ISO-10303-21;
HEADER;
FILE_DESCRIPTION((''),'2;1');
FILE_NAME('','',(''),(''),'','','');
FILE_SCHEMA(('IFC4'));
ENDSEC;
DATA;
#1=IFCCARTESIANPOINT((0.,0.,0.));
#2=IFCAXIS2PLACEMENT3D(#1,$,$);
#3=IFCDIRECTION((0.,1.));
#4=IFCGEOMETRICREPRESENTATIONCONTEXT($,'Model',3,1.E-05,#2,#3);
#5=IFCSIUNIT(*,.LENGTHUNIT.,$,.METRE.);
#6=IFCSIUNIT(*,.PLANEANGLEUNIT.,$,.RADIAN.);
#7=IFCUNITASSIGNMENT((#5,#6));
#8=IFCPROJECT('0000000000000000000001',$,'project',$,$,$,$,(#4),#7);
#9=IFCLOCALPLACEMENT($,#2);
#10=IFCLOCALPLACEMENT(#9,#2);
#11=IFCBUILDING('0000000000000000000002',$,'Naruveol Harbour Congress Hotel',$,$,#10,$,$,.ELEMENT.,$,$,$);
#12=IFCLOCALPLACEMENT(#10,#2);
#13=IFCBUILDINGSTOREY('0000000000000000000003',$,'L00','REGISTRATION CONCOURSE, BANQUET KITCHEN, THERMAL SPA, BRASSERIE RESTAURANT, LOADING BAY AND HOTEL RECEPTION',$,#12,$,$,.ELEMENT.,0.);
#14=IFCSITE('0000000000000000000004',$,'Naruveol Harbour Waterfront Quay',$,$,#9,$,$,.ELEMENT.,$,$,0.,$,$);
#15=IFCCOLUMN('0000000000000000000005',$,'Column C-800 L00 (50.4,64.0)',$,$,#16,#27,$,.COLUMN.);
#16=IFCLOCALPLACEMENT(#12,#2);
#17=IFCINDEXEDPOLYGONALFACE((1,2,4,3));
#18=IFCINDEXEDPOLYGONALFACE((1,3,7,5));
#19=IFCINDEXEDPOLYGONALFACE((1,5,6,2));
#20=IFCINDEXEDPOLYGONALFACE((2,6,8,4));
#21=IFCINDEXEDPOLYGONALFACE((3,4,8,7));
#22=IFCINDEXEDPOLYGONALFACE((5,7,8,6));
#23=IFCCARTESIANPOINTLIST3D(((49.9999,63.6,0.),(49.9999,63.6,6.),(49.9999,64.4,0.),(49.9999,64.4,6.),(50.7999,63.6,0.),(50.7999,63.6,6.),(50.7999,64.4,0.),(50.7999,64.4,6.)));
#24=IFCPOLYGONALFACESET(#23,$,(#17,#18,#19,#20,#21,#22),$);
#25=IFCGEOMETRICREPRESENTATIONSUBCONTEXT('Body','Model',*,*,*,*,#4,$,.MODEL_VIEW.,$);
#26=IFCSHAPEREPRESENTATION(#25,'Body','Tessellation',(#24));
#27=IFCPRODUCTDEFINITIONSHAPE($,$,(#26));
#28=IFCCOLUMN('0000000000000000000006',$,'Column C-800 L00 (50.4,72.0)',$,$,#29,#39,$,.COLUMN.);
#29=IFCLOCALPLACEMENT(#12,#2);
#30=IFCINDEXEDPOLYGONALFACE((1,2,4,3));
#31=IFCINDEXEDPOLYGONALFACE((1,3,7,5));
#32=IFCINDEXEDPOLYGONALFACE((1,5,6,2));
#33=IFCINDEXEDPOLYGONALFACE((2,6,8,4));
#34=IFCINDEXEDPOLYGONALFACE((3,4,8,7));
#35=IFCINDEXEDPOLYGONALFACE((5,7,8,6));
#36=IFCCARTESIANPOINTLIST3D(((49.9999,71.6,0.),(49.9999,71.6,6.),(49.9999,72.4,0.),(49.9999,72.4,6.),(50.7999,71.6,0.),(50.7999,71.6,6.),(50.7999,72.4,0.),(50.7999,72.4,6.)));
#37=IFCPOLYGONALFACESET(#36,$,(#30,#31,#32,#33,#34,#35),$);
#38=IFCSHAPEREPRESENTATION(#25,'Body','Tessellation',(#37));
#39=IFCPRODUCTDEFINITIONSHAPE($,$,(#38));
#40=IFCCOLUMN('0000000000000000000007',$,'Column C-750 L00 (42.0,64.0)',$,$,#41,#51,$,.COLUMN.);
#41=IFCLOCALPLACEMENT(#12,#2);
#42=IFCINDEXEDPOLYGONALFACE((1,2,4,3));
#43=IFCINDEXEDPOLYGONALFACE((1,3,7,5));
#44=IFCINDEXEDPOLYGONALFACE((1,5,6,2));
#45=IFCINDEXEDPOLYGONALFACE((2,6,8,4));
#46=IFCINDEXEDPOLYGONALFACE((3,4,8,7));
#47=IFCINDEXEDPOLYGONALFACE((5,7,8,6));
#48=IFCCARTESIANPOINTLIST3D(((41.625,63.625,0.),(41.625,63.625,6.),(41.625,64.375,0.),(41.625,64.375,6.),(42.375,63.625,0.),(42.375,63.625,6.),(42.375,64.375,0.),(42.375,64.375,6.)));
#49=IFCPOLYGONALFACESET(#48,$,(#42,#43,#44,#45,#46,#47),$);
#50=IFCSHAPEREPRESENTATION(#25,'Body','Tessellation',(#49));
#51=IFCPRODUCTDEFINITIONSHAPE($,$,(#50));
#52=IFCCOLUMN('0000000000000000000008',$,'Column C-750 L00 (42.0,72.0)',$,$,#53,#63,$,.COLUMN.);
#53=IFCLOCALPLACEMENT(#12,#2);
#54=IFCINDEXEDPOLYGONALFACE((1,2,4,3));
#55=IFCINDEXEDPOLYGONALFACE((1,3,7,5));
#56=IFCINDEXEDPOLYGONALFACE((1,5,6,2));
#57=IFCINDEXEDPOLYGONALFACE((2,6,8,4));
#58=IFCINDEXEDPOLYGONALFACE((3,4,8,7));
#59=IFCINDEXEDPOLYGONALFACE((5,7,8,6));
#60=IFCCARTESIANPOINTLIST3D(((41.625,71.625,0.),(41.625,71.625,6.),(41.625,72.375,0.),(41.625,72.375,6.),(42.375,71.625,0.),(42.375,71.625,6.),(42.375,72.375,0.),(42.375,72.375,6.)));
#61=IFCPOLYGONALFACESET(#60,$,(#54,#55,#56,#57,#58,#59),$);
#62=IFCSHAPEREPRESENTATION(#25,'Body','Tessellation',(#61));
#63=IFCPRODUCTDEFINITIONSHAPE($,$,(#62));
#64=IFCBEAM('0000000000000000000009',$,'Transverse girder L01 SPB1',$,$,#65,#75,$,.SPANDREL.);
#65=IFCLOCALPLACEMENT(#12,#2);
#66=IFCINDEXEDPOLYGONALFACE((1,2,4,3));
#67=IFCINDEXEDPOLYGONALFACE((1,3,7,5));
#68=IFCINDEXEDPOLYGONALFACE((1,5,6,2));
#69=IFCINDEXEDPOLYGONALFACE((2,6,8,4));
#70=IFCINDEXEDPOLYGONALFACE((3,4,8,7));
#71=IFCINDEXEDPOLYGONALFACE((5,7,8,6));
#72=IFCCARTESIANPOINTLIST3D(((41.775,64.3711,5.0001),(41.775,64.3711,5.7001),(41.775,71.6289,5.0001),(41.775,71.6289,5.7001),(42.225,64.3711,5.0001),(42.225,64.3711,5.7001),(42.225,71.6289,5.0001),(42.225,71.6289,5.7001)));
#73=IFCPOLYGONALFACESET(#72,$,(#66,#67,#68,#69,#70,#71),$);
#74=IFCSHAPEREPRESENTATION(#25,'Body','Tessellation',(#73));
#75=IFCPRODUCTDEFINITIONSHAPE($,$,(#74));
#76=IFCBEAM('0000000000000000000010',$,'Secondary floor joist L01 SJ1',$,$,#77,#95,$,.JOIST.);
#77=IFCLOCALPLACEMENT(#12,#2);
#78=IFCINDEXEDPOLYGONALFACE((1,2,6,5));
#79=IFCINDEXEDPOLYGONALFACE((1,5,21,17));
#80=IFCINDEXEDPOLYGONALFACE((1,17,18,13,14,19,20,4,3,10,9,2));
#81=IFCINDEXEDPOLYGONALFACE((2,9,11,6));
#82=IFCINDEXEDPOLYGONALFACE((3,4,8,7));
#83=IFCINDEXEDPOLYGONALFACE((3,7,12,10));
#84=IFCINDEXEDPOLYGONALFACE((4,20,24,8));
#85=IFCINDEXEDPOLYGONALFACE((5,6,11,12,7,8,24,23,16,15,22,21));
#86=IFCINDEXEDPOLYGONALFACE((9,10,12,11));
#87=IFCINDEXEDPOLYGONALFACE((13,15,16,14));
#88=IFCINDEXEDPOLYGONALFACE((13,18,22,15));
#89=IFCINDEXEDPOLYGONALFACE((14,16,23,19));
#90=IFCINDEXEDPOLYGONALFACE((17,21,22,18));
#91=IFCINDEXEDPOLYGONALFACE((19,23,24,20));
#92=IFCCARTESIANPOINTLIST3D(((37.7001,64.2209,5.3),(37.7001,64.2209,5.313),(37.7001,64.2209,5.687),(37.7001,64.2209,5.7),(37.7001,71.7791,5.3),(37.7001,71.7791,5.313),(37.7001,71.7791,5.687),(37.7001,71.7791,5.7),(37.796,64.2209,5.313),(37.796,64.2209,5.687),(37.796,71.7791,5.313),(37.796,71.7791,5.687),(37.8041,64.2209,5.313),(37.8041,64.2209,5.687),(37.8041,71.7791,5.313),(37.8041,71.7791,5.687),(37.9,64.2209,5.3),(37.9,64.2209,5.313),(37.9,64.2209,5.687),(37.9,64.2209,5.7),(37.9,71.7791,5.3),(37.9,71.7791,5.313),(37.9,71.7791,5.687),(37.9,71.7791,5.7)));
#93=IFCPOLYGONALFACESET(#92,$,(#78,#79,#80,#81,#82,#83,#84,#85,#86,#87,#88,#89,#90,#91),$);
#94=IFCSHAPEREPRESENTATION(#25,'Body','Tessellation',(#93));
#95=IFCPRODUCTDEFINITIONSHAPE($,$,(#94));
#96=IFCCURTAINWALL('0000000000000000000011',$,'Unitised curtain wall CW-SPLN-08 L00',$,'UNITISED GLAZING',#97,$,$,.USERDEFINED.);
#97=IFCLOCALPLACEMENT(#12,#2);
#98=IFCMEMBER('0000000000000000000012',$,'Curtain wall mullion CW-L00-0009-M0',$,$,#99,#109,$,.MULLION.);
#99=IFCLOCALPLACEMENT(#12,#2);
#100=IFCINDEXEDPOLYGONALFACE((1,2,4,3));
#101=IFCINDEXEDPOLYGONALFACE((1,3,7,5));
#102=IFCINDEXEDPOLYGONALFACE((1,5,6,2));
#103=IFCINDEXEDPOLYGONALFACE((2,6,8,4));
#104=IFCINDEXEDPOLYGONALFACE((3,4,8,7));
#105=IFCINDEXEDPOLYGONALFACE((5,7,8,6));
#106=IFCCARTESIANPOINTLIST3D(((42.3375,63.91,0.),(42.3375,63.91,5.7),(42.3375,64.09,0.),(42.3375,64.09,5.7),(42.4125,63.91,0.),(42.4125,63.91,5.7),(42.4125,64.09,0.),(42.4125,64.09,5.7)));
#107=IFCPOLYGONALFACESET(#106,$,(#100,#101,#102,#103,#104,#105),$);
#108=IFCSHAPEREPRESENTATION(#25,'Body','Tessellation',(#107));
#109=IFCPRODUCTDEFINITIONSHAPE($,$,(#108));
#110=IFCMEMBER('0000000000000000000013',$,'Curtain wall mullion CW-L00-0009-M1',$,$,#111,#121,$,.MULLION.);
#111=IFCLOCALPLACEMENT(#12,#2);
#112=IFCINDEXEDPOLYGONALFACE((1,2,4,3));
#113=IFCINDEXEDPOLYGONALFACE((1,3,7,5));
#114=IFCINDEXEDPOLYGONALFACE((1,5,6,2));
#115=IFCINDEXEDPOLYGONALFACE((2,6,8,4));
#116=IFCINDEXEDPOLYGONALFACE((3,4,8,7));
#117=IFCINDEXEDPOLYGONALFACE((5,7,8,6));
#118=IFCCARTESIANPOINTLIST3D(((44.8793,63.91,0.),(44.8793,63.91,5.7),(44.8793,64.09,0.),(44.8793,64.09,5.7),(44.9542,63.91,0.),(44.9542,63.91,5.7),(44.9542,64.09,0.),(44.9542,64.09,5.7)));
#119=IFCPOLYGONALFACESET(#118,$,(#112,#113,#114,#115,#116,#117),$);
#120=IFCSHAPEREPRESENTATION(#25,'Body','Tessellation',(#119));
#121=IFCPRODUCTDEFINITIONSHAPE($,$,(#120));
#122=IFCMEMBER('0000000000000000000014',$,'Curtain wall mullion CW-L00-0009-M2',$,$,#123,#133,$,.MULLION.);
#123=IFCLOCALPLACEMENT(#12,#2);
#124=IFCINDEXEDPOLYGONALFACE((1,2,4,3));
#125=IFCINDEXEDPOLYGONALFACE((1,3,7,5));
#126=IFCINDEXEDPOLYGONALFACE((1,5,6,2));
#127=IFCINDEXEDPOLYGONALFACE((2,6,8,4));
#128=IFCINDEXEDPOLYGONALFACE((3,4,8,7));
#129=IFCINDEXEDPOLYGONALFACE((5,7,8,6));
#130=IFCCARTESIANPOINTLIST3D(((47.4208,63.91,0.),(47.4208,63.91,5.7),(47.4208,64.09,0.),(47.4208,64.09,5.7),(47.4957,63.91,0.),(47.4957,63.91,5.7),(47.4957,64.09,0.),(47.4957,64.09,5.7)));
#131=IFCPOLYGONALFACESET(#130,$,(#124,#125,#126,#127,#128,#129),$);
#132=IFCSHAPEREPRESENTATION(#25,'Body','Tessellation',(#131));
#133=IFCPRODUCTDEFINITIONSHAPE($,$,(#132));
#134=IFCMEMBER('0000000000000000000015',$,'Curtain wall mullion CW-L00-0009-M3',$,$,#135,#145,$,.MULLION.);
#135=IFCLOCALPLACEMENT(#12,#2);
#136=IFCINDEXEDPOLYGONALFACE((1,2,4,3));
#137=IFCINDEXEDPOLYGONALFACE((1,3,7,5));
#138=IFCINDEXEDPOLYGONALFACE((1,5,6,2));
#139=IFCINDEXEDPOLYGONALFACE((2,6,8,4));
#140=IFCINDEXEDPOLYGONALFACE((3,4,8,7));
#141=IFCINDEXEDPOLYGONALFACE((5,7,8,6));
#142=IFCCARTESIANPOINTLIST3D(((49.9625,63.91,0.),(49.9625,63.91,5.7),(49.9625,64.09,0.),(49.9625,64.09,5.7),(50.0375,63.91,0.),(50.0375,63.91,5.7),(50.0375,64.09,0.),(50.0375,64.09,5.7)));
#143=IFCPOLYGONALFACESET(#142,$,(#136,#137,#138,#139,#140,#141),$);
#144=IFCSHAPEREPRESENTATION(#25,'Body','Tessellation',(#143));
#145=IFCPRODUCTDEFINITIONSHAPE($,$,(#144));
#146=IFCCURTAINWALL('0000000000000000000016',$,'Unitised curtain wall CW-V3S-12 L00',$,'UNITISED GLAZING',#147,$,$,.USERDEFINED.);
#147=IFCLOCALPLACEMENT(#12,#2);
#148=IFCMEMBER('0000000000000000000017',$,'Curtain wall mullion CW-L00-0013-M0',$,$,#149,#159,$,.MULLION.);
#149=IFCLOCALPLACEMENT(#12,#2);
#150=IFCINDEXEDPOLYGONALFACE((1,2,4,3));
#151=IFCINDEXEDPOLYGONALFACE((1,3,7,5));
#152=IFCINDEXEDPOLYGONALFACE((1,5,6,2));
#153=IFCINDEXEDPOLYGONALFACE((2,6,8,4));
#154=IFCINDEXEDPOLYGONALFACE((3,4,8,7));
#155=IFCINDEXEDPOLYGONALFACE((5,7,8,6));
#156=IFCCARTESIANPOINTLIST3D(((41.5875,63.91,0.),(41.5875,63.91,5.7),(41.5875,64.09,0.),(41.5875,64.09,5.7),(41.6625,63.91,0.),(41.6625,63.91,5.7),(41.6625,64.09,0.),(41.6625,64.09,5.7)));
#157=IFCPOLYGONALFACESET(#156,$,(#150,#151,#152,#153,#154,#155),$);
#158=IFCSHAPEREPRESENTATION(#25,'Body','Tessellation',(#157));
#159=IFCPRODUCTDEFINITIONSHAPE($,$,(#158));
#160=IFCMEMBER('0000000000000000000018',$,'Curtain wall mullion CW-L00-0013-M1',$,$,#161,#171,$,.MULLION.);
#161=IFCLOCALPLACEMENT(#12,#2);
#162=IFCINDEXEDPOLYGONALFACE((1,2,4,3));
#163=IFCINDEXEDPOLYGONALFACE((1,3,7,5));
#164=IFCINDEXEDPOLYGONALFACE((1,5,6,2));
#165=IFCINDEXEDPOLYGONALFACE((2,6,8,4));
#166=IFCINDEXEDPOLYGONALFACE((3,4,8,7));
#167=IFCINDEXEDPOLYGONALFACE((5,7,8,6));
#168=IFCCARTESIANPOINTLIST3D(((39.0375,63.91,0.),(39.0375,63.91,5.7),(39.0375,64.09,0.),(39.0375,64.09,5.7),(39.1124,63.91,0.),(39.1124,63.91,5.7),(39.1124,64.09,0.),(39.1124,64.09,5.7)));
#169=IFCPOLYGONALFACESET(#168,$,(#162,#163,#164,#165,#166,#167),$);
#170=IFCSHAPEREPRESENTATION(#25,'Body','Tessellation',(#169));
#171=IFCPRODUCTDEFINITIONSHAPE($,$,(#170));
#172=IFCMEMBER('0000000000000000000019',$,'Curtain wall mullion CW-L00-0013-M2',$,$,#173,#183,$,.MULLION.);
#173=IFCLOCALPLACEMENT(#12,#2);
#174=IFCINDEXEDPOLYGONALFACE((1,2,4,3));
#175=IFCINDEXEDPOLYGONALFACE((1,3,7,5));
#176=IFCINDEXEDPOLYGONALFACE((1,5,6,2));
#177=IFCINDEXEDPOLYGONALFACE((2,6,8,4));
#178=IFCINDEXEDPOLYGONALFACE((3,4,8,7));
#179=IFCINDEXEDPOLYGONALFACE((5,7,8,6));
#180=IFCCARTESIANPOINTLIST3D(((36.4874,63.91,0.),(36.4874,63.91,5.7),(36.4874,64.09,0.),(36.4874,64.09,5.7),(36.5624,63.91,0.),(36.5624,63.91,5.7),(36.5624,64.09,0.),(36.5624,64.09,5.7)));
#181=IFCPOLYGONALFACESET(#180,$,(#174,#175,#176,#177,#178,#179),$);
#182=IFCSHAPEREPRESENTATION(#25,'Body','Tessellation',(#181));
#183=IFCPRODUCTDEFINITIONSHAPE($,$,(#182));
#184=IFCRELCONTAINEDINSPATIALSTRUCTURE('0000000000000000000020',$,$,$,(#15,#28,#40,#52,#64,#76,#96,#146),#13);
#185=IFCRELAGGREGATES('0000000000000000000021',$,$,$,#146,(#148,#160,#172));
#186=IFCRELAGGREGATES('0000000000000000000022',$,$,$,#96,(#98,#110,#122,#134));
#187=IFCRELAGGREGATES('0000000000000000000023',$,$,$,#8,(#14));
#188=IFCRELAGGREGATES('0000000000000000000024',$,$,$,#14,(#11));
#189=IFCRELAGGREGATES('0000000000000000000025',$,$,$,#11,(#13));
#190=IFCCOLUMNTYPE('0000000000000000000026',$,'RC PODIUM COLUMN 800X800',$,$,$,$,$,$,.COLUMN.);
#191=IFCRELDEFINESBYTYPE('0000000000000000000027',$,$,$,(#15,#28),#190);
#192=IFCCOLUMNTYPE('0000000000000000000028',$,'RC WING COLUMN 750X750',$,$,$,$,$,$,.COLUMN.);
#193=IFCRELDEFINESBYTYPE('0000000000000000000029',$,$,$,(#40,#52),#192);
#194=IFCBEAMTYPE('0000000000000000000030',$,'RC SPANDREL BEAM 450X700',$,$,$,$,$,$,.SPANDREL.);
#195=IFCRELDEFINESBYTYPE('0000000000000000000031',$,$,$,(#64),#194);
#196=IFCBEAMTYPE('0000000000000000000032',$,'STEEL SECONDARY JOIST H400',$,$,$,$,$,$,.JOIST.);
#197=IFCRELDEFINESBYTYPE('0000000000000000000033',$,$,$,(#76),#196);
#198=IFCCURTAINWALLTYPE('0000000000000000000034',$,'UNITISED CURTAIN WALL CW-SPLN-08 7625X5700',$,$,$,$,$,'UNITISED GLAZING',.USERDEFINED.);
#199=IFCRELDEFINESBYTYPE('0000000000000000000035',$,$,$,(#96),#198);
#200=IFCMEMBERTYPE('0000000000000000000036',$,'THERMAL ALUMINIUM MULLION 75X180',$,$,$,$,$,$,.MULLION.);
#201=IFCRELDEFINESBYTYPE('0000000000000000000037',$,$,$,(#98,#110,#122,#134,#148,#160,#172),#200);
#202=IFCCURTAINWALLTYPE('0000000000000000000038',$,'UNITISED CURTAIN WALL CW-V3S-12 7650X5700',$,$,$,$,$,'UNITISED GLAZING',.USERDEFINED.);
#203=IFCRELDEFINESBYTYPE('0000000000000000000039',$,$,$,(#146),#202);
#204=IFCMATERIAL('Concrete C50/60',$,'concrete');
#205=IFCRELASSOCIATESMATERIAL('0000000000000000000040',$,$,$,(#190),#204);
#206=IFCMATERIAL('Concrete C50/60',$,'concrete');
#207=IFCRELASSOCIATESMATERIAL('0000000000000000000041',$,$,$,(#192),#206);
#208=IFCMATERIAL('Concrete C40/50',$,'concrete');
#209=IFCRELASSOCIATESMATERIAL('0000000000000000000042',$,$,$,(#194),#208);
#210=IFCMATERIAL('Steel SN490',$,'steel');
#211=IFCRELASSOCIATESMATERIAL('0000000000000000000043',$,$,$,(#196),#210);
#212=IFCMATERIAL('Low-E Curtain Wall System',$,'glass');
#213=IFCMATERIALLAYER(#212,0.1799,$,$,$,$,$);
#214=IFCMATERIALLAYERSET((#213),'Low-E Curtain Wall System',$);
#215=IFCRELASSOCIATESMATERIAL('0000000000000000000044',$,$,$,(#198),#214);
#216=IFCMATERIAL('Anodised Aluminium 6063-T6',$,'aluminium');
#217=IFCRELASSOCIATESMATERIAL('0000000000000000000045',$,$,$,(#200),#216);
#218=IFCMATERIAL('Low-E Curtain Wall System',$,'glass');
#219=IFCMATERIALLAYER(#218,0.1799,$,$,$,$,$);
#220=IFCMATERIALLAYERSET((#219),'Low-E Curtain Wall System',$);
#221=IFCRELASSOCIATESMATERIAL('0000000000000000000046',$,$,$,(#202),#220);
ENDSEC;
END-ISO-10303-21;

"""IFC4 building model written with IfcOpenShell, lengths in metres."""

from ifc_helpers import new_model, si_unit, direction, frame, origin, origin_2d, place, context, subcontext, project, spatial, rectangle, i_section, extrude, material, layer, layer_set, material_profile, profile_set, type_object, element, aggregate, save


model = new_model("IFC4")

# Units and contexts
model_context = context("Model", 3, precision=1e-05, world=origin(), true_north=direction((0.0, 1.0)))
body_context = subcontext(model_context, "Body", "Model", "MODEL_VIEW")
ifc_project = project(units=[si_unit("LENGTHUNIT", "METRE"), si_unit("PLANEANGLEUNIT", "RADIAN")], contexts=[model_context])

# Site, building, storey
site_placement = place(None, origin())
site = spatial("IfcSite", under=ifc_project, at=site_placement, Name="Naruveol Harbour Waterfront Quay", CompositionType="ELEMENT", RefElevation=0.0)
building_placement = place(site_placement, origin())
building = spatial("IfcBuilding", under=site, at=building_placement, Name="Naruveol Harbour Congress Hotel", CompositionType="ELEMENT")
storey_placement = place(building_placement, origin())
storey = spatial("IfcBuildingStorey", under=building, at=storey_placement, Name="L00", Description="REGISTRATION CONCOURSE, BANQUET KITCHEN, THERMAL SPA, BRASSERIE RESTAURANT, LOADING BAY AND HOTEL RECEPTION", CompositionType="ELEMENT", Elevation=0.0)

# Columns
ifc_material_1 = material(Name="Concrete C50/60", Category="concrete")
ifc_material_profile_1 = material_profile(ifc_material_1, rectangle(XDim=0.8, YDim=0.8, at=origin_2d()), Name="RC-800x800")
ifc_profile_set_1 = profile_set([ifc_material_profile_1], Name="Concrete C50/60")
column_type_1 = type_object("IfcColumnType", Name="RC PODIUM COLUMN 800X800", PredefinedType="COLUMN", material=ifc_profile_set_1)
for number, where, z_axis, x_axis, name in (
    (1, (50.3999, 64.0, 0.0), (0.0, 0.0, 1.0), (1.0, 0.0, 0.0), "Column C-800 L00 (50.4,64.0)"),
    (2, (50.3999, 72.0, 0.0), (0.0, 0.0, 1.0), (1.0, 0.0, 0.0), "Column C-800 L00 (50.4,72.0)"),
):
    element("IfcColumn", number, at=place(storey_placement, frame(where, z_axis=z_axis, x_axis=x_axis)), inside=storey, type_object=column_type_1, Name=name, PredefinedType="COLUMN", context=body_context, shape_type="SweptSolid", body=[
        extrude(rectangle(XDim=0.8, YDim=0.8, at=origin_2d()), origin(), (0.0, 0.0, 1.0), 6.0),
    ])
ifc_material_2 = material(Name="Concrete C50/60", Category="concrete")
ifc_material_profile_2 = material_profile(ifc_material_2, rectangle(XDim=0.75, YDim=0.75, at=origin_2d()), Name="RC-750x750")
ifc_profile_set_2 = profile_set([ifc_material_profile_2], Name="Concrete C50/60")
column_type_2 = type_object("IfcColumnType", Name="RC WING COLUMN 750X750", PredefinedType="COLUMN", material=ifc_profile_set_2)
for number, where, z_axis, x_axis, name in (
    (3, (42.0, 64.0, 0.0), (0.0, 0.0, 1.0), (1.0, 0.0, 0.0), "Column C-750 L00 (42.0,64.0)"),
    (4, (42.0, 72.0, 0.0), (0.0, 0.0, 1.0), (1.0, 0.0, 0.0), "Column C-750 L00 (42.0,72.0)"),
):
    element("IfcColumn", number, at=place(storey_placement, frame(where, z_axis=z_axis, x_axis=x_axis)), inside=storey, type_object=column_type_2, Name=name, PredefinedType="COLUMN", context=body_context, shape_type="SweptSolid", body=[
        extrude(rectangle(XDim=0.75, YDim=0.75, at=origin_2d()), origin(), (0.0, 0.0, 1.0), 6.0),
    ])

# Beams
ifc_material_3 = material(Name="Concrete C40/50", Category="concrete")
ifc_material_profile_3 = material_profile(ifc_material_3, rectangle(XDim=0.45, YDim=0.7, at=origin_2d()), Name="RCB-450x700")
ifc_profile_set_3 = profile_set([ifc_material_profile_3], Name="Concrete C40/50")
beam_type_1 = type_object("IfcBeamType", Name="RC SPANDREL BEAM 450X700", PredefinedType="SPANDREL", material=ifc_profile_set_3)
beam_1_placement = place(storey_placement, frame((42.0, 64.3711, 5.3501), z_axis=(0.0, 1.0, 0.0), x_axis=(-1.0, 0.0, 0.0)))
element("IfcBeam", 5, at=beam_1_placement, inside=storey, type_object=beam_type_1, Name="Transverse girder L01 SPB1", PredefinedType="SPANDREL", context=body_context, shape_type="SweptSolid", body=[
    extrude(rectangle(XDim=0.45, YDim=0.7, at=origin_2d()), origin(), (0.0, 0.0, 1.0), 7.2578),
])
ifc_material_4 = material(Name="Steel SN490", Category="steel")
ifc_material_profile_4 = material_profile(ifc_material_4, i_section(OverallWidth=0.2, OverallDepth=0.3999, WebThickness=0.0081, FlangeThickness=0.0129, at=origin_2d()), Name="H-400x200x8x13")
ifc_profile_set_4 = profile_set([ifc_material_profile_4], Name="Steel SN490")
beam_type_2 = type_object("IfcBeamType", Name="STEEL SECONDARY JOIST H400", PredefinedType="JOIST", material=ifc_profile_set_4)
beam_2_placement = place(storey_placement, frame((37.8, 64.2209, 5.5), z_axis=(0.0, 1.0, 0.0), x_axis=(-1.0, 0.0, 0.0)))
element("IfcBeam", 6, at=beam_2_placement, inside=storey, type_object=beam_type_2, Name="Secondary floor joist L01 SJ1", PredefinedType="JOIST", context=body_context, shape_type="SweptSolid", body=[
    extrude(i_section(OverallWidth=0.2, OverallDepth=0.3999, WebThickness=0.0081, FlangeThickness=0.0129, at=origin_2d()), origin(), (0.0, 0.0, 1.0), 7.5581),
])

# Curtain walls, members
ifc_material_5 = material(Name="Low-E Curtain Wall System", Category="glass")
ifc_layer_1 = layer(ifc_material_5, 0.1799)
ifc_layer_set_1 = layer_set([ifc_layer_1], Name="Low-E Curtain Wall System")
curtain_wall_type_1 = type_object("IfcCurtainWallType", Name="UNITISED CURTAIN WALL CW-SPLN-08 7625X5700", ElementType="UNITISED GLAZING", PredefinedType="USERDEFINED", material=ifc_layer_set_1)
curtain_wall_1_placement = place(storey_placement, origin())
curtain_wall_1 = element("IfcCurtainWall", 7, at=curtain_wall_1_placement, inside=storey, type_object=curtain_wall_type_1, Name="Unitised curtain wall CW-SPLN-08 L00", ObjectType="UNITISED GLAZING", PredefinedType="USERDEFINED")
ifc_material_6 = material(Name="Anodised Aluminium 6063-T6", Category="aluminium")
ifc_material_profile_5 = material_profile(ifc_material_6, rectangle(XDim=0.075, YDim=0.1799, at=origin_2d()), Name="ALU-75x180")
ifc_profile_set_5 = profile_set([ifc_material_profile_5], Name="Anodised Aluminium 6063-T6")
member_type_1 = type_object("IfcMemberType", Name="THERMAL ALUMINIUM MULLION 75X180", PredefinedType="MULLION", material=ifc_profile_set_5)
member_1_placement = place(storey_placement, frame((42.375, 64.0, 0.0), z_axis=(0.0, 0.0, 1.0), x_axis=(1.0, 0.0, 0.0)))
member_1 = element("IfcMember", 8, at=member_1_placement, type_object=member_type_1, Name="Curtain wall mullion CW-L00-0009-M0", PredefinedType="MULLION", context=body_context, shape_type="SweptSolid", body=[
    extrude(rectangle(XDim=0.075, YDim=0.1799, at=origin_2d()), origin(), (0.0, 0.0, 1.0), 5.7),
])
member_2_placement = place(storey_placement, frame((44.9167, 64.0, 0.0), z_axis=(0.0, 0.0, 1.0), x_axis=(1.0, 0.0, 0.0)))
member_2 = element("IfcMember", 9, at=member_2_placement, type_object=member_type_1, Name="Curtain wall mullion CW-L00-0009-M1", PredefinedType="MULLION", context=body_context, shape_type="SweptSolid", body=[
    extrude(rectangle(XDim=0.075, YDim=0.1799, at=origin_2d()), origin(), (0.0, 0.0, 1.0), 5.7),
])
member_3_placement = place(storey_placement, frame((47.4583, 64.0, 0.0), z_axis=(0.0, 0.0, 1.0), x_axis=(1.0, 0.0, 0.0)))
member_3 = element("IfcMember", 10, at=member_3_placement, type_object=member_type_1, Name="Curtain wall mullion CW-L00-0009-M2", PredefinedType="MULLION", context=body_context, shape_type="SweptSolid", body=[
    extrude(rectangle(XDim=0.075, YDim=0.1799, at=origin_2d()), origin(), (0.0, 0.0, 1.0), 5.7),
])
member_4_placement = place(storey_placement, frame((50.0, 64.0, 0.0), z_axis=(0.0, 0.0, 1.0), x_axis=(1.0, 0.0, 0.0)))
member_4 = element("IfcMember", 11, at=member_4_placement, type_object=member_type_1, Name="Curtain wall mullion CW-L00-0009-M3", PredefinedType="MULLION", context=body_context, shape_type="SweptSolid", body=[
    extrude(rectangle(XDim=0.075, YDim=0.1799, at=origin_2d()), origin(), (0.0, 0.0, 1.0), 5.7),
])
ifc_material_7 = material(Name="Low-E Curtain Wall System", Category="glass")
ifc_layer_2 = layer(ifc_material_7, 0.1799)
ifc_layer_set_2 = layer_set([ifc_layer_2], Name="Low-E Curtain Wall System")
curtain_wall_type_2 = type_object("IfcCurtainWallType", Name="UNITISED CURTAIN WALL CW-V3S-12 7650X5700", ElementType="UNITISED GLAZING", PredefinedType="USERDEFINED", material=ifc_layer_set_2)
curtain_wall_2_placement = place(storey_placement, origin())
curtain_wall_2 = element("IfcCurtainWall", 12, at=curtain_wall_2_placement, inside=storey, type_object=curtain_wall_type_2, Name="Unitised curtain wall CW-V3S-12 L00", ObjectType="UNITISED GLAZING", PredefinedType="USERDEFINED")
member_5_placement = place(storey_placement, frame((41.625, 64.0, 0.0), z_axis=(0.0, 0.0, 1.0), x_axis=(1.0, 0.0, 0.0)))
member_5 = element("IfcMember", 13, at=member_5_placement, type_object=member_type_1, Name="Curtain wall mullion CW-L00-0013-M0", PredefinedType="MULLION", context=body_context, shape_type="SweptSolid", body=[
    extrude(rectangle(XDim=0.075, YDim=0.1799, at=origin_2d()), origin(), (0.0, 0.0, 1.0), 5.7),
])
member_6_placement = place(storey_placement, frame((39.075, 64.0, 0.0), z_axis=(0.0, 0.0, 1.0), x_axis=(1.0, 0.0, 0.0)))
member_6 = element("IfcMember", 14, at=member_6_placement, type_object=member_type_1, Name="Curtain wall mullion CW-L00-0013-M1", PredefinedType="MULLION", context=body_context, shape_type="SweptSolid", body=[
    extrude(rectangle(XDim=0.075, YDim=0.1799, at=origin_2d()), origin(), (0.0, 0.0, 1.0), 5.7),
])
member_7_placement = place(storey_placement, frame((36.5249, 64.0, 0.0), z_axis=(0.0, 0.0, 1.0), x_axis=(1.0, 0.0, 0.0)))
member_7 = element("IfcMember", 15, at=member_7_placement, type_object=member_type_1, Name="Curtain wall mullion CW-L00-0013-M2", PredefinedType="MULLION", context=body_context, shape_type="SweptSolid", body=[
    extrude(rectangle(XDim=0.075, YDim=0.1799, at=origin_2d()), origin(), (0.0, 0.0, 1.0), 5.7),
])

aggregate(curtain_wall_2, [member_5, member_6, member_7])

aggregate(curtain_wall_1, [member_1, member_2, member_3, member_4])

save(model, "model.ifc")
